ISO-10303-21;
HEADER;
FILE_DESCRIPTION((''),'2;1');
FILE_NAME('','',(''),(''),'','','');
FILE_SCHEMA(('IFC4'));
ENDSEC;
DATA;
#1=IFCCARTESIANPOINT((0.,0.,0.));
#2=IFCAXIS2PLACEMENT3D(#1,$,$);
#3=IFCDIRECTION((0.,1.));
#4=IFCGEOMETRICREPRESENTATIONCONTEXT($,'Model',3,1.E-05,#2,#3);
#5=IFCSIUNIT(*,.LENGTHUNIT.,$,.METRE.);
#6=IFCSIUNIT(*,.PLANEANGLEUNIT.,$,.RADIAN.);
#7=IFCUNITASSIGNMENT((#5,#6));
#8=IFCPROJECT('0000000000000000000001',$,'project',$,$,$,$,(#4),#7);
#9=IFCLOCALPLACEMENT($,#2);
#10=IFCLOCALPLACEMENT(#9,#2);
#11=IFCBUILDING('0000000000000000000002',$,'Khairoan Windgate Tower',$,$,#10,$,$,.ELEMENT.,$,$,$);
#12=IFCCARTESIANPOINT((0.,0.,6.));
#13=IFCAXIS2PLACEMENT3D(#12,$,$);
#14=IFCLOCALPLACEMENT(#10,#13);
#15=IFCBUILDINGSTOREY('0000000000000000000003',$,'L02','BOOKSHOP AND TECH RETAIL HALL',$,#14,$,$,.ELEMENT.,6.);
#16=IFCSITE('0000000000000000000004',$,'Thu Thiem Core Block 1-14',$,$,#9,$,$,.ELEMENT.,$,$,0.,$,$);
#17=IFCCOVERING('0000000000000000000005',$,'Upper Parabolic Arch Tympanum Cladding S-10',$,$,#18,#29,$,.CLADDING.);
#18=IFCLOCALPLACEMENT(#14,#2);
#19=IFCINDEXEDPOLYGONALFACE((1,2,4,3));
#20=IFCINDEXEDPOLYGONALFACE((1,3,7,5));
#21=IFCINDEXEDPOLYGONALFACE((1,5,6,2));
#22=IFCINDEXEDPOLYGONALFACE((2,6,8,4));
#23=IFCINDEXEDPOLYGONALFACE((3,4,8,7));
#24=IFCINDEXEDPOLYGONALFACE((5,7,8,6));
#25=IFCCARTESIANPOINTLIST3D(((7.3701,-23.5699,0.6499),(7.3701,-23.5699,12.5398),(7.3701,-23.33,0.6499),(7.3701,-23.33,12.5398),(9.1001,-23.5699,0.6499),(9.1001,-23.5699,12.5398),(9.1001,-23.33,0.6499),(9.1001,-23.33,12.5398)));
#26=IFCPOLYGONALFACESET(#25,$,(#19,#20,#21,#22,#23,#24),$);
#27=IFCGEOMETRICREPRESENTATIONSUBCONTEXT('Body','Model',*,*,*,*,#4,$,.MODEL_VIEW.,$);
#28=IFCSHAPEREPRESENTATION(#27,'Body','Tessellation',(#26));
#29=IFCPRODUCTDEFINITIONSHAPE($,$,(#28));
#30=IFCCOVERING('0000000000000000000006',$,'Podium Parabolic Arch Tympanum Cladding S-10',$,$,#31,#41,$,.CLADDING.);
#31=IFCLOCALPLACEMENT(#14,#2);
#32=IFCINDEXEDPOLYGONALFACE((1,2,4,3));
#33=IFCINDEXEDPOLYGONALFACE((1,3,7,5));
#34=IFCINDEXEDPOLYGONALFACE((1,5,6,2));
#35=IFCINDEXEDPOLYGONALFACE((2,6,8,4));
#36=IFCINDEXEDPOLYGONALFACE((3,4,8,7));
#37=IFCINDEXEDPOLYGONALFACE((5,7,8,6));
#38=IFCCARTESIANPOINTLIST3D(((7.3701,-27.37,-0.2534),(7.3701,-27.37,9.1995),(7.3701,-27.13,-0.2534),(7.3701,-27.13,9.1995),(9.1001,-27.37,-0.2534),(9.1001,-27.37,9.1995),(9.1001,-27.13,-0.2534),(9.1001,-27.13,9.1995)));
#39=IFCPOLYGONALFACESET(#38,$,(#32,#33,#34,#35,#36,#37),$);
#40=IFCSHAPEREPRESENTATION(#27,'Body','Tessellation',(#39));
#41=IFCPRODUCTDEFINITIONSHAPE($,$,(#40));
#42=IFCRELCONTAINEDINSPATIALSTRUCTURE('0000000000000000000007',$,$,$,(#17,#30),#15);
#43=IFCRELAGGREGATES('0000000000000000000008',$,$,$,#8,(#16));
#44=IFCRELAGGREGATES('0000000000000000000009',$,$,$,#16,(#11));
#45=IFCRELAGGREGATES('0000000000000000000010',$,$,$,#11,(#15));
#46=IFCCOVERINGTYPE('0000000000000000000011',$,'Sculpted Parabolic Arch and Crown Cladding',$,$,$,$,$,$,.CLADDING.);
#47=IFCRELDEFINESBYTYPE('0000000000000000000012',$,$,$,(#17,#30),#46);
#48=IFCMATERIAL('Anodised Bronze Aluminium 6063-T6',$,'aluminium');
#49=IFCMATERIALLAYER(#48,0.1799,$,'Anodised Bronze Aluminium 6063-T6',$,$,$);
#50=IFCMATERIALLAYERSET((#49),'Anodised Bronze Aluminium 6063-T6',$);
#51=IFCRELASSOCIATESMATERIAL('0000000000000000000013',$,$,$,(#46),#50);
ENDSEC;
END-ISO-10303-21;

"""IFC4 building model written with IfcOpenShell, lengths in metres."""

from ifc_helpers import new_model, si_unit, direction, frame, origin, origin_2d, place, context, subcontext, project, spatial, rectangle, extrude, material, layer, layer_set, type_object, element, save


model = new_model("IFC4")

# Units and contexts
model_context = context("Model", 3, precision=1e-05, world=origin(), true_north=direction((0.0, 1.0)))
body_context = subcontext(model_context, "Body", "Model", "MODEL_VIEW")
ifc_project = project(units=[si_unit("LENGTHUNIT", "METRE"), si_unit("PLANEANGLEUNIT", "RADIAN")], contexts=[model_context])

# Site, building, storey
site_placement = place(None, origin())
site = spatial("IfcSite", under=ifc_project, at=site_placement, Name="Thu Thiem Core Block 1-14", CompositionType="ELEMENT", RefElevation=0.0)
building_placement = place(site_placement, origin())
building = spatial("IfcBuilding", under=site, at=building_placement, Name="Khairoan Windgate Tower", CompositionType="ELEMENT")
storey_placement = place(building_placement, frame((0.0, 0.0, 6.0)))
storey = spatial("IfcBuildingStorey", under=building, at=storey_placement, Name="L02", Description="BOOKSHOP AND TECH RETAIL HALL", CompositionType="ELEMENT", Elevation=6.0)

# Coverings
ifc_material_1 = material(Name="Anodised Bronze Aluminium 6063-T6", Category="aluminium")
ifc_layer_1 = layer(ifc_material_1, 0.1799, Name="Anodised Bronze Aluminium 6063-T6")
ifc_layer_set_1 = layer_set([ifc_layer_1], Name="Anodised Bronze Aluminium 6063-T6")
covering_type = type_object("IfcCoveringType", Name="Sculpted Parabolic Arch and Crown Cladding", PredefinedType="CLADDING", material=ifc_layer_set_1)
covering_1_placement = place(storey_placement, frame((8.2351, -23.45, 0.6499), z_axis=(0.0, 0.0, 1.0), x_axis=(1.0, 0.0, 0.0)))
element("IfcCovering", 1, at=covering_1_placement, inside=storey, type_object=covering_type, Name="Upper Parabolic Arch Tympanum Cladding S-10", PredefinedType="CLADDING", context=body_context, shape_type="SweptSolid", body=[
    extrude(rectangle(XDim=1.73, YDim=0.24, at=origin_2d()), origin(), (0.0, 0.0, 1.0), 11.8899),
])
covering_2_placement = place(storey_placement, frame((8.2351, -27.25, -0.2534), z_axis=(0.0, 0.0, 1.0), x_axis=(1.0, 0.0, 0.0)))
element("IfcCovering", 2, at=covering_2_placement, inside=storey, type_object=covering_type, Name="Podium Parabolic Arch Tympanum Cladding S-10", PredefinedType="CLADDING", context=body_context, shape_type="SweptSolid", body=[
    extrude(rectangle(XDim=1.73, YDim=0.24, at=origin_2d()), origin(), (0.0, 0.0, 1.0), 9.4529),
])

save(model, "model.ifc")
